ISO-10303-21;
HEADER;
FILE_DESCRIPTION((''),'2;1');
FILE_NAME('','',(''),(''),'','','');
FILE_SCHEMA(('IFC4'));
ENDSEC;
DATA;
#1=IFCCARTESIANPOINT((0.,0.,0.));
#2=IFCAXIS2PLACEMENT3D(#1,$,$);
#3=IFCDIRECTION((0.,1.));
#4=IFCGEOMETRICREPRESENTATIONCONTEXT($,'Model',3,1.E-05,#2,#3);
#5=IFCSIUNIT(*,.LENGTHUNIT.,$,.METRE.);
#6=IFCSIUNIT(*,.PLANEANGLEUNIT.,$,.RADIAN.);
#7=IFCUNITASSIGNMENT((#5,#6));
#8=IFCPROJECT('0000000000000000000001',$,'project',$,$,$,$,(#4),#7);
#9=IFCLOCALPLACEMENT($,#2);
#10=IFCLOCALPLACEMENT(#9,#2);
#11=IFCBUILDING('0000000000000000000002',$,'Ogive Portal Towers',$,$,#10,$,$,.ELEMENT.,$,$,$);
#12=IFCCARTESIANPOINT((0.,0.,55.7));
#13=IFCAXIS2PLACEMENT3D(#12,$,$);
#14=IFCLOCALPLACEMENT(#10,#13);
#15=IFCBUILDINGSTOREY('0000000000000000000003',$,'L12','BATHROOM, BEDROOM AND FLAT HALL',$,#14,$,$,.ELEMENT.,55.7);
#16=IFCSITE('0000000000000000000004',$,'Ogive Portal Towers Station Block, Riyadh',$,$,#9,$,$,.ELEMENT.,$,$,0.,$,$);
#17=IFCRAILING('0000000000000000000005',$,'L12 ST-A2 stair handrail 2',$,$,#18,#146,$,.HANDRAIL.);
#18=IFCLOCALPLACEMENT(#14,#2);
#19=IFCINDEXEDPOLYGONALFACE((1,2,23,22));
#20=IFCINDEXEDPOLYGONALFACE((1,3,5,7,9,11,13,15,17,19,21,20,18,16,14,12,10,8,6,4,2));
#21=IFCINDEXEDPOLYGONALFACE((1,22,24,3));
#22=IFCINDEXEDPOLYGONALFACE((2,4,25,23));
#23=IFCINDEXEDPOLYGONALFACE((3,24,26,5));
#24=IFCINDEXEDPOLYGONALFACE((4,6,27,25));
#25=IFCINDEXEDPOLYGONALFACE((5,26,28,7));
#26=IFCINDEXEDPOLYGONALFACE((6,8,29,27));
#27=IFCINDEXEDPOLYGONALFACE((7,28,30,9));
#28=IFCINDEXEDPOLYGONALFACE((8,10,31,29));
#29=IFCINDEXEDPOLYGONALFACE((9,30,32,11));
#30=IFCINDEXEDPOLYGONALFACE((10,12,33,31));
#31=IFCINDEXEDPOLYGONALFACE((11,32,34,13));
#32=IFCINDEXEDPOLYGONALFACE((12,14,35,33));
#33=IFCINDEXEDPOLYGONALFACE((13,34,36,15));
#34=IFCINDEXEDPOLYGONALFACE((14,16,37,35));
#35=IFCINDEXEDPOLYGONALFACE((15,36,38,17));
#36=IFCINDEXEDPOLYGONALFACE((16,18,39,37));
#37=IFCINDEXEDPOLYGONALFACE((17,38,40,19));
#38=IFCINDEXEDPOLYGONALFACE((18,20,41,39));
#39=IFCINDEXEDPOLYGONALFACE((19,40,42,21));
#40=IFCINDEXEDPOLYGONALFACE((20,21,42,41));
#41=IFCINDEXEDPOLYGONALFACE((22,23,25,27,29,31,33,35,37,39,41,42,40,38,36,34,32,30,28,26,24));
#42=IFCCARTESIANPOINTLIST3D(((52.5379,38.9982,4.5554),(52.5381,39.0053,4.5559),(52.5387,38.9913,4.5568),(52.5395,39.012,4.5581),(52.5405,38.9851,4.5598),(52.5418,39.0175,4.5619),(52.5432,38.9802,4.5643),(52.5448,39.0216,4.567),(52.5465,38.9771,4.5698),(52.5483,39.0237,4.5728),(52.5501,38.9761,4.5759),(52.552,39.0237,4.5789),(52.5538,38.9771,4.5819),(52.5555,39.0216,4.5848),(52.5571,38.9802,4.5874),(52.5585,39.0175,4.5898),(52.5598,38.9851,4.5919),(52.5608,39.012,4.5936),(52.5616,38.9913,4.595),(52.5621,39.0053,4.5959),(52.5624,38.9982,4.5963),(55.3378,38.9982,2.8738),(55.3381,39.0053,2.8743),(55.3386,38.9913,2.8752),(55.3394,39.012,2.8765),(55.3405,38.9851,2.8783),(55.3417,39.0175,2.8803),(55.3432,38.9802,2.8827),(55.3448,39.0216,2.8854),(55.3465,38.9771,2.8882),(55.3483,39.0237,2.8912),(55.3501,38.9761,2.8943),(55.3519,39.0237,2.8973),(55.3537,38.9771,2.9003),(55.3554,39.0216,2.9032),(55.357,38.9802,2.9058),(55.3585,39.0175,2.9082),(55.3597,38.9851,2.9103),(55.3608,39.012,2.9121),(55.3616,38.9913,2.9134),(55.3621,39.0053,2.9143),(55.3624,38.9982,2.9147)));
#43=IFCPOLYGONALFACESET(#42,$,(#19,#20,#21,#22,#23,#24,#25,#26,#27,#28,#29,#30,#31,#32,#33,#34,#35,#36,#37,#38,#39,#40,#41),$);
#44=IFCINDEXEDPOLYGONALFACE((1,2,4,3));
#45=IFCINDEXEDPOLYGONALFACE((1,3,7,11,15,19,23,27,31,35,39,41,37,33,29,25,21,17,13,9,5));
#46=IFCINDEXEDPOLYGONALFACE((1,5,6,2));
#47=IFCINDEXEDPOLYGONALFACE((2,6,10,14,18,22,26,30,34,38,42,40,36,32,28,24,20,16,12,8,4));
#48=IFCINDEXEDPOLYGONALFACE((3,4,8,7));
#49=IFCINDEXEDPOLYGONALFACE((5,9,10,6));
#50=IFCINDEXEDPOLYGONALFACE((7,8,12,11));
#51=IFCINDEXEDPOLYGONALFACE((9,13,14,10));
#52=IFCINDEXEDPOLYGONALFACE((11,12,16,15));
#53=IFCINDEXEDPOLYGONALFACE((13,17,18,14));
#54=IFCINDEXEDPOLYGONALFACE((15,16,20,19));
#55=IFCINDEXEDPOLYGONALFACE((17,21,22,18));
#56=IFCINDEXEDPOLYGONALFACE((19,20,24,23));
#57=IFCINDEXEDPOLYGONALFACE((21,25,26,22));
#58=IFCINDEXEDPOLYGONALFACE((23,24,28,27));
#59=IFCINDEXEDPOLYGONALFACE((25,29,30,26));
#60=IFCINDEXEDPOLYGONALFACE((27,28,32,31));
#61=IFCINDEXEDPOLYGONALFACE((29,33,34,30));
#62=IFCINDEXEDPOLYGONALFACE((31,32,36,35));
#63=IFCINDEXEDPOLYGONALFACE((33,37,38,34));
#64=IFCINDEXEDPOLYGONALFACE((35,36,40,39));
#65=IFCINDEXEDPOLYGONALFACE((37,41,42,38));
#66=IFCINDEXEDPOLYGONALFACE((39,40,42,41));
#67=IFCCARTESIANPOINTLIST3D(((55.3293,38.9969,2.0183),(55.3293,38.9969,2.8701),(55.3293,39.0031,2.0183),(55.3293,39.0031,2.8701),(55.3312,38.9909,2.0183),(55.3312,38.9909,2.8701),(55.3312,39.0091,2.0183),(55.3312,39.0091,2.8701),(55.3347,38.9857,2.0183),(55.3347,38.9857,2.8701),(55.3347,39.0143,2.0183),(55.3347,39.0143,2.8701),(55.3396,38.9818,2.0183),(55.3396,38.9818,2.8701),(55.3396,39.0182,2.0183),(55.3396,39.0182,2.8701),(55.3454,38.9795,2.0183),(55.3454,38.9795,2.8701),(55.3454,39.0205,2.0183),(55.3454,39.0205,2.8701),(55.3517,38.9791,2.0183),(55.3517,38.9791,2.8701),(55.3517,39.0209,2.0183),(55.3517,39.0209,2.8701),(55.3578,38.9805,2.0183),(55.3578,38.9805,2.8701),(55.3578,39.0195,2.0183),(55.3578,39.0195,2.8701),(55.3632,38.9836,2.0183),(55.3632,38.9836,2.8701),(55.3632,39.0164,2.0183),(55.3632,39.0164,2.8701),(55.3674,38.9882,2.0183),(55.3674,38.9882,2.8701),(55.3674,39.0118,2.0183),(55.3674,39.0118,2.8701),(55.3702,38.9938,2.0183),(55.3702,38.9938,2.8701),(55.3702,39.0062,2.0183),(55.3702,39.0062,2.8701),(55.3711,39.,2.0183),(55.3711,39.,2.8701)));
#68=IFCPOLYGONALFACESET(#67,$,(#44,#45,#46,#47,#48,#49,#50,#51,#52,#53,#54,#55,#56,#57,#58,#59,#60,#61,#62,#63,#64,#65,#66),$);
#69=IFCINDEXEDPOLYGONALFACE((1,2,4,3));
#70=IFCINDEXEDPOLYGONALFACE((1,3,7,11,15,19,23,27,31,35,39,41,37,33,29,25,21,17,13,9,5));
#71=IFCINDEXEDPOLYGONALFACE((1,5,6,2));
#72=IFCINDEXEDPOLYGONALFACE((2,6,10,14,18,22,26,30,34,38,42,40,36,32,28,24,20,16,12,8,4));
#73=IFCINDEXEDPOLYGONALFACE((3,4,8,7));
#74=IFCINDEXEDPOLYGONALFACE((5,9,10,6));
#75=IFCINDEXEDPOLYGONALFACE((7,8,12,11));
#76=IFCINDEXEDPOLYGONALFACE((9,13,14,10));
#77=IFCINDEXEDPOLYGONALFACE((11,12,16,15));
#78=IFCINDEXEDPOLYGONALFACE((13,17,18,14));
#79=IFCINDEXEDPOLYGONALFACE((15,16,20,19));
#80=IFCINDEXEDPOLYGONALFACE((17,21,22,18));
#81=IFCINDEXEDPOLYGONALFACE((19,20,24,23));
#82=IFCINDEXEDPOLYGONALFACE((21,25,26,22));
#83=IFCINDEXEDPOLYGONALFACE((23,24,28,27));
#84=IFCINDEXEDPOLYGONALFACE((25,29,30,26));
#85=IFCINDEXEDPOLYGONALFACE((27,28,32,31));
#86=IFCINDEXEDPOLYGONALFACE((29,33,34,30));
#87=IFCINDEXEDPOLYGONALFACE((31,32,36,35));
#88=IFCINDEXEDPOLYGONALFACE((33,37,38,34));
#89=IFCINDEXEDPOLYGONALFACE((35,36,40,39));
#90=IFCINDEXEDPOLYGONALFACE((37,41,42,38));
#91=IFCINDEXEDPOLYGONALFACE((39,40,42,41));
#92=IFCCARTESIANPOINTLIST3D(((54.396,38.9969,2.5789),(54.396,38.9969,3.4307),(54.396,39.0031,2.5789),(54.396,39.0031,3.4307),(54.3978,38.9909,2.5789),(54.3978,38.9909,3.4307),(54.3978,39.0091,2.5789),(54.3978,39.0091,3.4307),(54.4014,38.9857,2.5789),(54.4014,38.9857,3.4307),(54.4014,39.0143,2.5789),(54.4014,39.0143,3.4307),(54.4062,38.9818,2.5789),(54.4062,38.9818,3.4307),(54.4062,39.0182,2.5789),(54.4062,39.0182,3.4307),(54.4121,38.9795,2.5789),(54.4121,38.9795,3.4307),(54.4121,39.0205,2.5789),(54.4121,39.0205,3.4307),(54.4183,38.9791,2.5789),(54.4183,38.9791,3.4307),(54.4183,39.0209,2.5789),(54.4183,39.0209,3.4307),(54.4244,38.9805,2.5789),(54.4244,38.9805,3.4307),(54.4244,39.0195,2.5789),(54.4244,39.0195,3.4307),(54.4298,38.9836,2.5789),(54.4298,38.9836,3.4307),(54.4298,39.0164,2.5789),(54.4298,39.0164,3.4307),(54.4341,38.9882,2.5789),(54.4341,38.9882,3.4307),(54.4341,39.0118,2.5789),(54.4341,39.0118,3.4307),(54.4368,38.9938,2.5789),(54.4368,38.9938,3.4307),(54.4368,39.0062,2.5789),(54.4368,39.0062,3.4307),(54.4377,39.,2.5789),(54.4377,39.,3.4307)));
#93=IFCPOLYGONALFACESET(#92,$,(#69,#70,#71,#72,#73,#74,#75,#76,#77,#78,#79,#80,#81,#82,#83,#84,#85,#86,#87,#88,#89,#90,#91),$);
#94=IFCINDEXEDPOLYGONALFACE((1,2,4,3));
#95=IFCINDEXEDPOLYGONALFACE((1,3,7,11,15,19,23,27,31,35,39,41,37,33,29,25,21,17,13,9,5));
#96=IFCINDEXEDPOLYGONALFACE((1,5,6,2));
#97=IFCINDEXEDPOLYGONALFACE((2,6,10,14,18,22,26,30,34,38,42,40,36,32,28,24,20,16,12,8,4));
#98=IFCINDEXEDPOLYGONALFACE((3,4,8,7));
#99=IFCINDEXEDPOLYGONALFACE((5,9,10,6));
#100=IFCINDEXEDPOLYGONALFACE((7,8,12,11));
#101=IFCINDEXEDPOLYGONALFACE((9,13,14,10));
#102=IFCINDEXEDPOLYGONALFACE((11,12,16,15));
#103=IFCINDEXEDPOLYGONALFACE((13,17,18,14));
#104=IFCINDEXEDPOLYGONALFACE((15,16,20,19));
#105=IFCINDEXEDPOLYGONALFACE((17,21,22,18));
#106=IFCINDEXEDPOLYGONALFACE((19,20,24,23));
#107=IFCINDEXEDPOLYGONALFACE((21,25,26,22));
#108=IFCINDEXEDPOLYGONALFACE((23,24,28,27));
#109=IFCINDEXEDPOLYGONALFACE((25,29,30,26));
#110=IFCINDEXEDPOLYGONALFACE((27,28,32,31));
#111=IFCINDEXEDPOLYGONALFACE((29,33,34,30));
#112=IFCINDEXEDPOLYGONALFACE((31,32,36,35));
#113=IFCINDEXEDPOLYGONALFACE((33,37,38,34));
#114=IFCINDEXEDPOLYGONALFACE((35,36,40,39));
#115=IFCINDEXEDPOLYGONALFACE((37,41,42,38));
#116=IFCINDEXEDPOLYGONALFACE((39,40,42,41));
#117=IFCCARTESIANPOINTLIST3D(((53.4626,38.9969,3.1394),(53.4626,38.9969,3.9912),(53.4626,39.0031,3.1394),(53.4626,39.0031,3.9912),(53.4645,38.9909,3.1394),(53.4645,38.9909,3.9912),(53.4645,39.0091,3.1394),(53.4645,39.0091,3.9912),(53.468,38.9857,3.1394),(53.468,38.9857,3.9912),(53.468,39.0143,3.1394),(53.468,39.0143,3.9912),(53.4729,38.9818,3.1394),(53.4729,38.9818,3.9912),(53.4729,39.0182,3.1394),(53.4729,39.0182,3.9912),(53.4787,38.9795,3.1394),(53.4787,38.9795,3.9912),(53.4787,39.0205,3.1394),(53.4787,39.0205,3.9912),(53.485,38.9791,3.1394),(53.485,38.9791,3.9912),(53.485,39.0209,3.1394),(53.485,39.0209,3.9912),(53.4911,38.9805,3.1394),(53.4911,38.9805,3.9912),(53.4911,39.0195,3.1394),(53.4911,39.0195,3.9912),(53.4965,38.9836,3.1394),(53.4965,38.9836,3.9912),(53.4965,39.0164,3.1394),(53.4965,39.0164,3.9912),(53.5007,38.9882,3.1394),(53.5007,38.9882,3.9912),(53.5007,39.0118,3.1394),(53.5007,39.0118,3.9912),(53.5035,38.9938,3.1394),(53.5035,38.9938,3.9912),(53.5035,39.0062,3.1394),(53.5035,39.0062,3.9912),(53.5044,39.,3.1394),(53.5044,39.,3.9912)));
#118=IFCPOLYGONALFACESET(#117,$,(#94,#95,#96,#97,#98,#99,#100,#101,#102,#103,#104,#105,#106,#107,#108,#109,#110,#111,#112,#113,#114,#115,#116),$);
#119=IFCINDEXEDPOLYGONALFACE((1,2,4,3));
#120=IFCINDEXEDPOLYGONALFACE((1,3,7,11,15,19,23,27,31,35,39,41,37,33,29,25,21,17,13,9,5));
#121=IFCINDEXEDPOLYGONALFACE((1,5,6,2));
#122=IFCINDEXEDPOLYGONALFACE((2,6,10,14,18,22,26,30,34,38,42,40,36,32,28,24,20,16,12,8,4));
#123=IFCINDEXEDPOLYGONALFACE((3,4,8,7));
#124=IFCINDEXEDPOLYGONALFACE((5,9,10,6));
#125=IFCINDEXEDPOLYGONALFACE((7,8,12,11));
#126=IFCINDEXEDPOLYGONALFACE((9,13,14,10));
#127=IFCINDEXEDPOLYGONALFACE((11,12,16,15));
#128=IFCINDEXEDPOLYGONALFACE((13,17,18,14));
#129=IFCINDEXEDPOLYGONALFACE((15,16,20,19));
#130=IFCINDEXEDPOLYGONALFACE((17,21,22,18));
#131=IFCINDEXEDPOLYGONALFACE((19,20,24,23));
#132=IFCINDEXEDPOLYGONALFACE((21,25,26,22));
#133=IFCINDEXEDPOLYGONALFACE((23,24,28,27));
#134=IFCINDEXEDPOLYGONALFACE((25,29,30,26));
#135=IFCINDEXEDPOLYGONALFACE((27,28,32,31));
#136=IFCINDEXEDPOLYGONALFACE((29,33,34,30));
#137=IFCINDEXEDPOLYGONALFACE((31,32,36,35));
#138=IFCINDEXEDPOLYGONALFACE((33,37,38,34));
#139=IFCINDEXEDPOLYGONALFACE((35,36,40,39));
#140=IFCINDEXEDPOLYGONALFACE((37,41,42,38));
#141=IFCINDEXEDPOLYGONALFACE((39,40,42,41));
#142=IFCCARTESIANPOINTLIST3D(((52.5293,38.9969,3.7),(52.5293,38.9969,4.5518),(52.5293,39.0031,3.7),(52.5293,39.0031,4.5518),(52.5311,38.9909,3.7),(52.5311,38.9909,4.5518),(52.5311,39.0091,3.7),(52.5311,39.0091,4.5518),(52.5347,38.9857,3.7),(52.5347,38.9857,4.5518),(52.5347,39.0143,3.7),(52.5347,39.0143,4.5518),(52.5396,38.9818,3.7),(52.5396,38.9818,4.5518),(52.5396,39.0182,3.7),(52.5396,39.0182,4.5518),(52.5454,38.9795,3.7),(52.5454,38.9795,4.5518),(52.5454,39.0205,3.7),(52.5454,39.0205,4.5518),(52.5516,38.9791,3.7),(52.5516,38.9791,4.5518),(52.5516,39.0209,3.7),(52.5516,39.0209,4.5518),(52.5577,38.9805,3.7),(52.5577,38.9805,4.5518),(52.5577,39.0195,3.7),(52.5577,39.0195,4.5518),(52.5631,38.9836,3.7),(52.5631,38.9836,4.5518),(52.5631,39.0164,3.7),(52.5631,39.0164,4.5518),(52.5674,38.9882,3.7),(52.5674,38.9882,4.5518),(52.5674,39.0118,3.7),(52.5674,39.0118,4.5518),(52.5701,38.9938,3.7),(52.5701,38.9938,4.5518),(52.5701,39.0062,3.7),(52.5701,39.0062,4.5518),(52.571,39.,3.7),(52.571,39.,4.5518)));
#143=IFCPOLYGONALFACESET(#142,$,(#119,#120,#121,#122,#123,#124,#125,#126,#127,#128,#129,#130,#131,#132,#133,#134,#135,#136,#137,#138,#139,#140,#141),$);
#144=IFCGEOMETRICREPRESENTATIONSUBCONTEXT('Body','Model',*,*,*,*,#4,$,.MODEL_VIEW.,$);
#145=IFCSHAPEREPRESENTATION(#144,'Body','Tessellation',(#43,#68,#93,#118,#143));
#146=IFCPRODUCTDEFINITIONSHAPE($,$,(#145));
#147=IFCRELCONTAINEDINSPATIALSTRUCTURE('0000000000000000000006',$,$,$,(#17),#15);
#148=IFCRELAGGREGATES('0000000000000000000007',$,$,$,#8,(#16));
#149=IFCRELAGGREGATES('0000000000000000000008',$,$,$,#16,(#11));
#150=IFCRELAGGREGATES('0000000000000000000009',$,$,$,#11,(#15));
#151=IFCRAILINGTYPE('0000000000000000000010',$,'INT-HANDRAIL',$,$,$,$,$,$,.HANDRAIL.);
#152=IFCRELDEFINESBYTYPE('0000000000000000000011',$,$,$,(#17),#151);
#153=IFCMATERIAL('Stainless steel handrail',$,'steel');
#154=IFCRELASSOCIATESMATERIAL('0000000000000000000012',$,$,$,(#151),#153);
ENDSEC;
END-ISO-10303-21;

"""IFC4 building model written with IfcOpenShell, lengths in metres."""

from ifc_helpers import new_model, si_unit, direction, frame, origin, origin_2d, place, context, subcontext, project, spatial, circle, extrude, material, type_object, element, save


model = new_model("IFC4")

# Units and contexts
model_context = context("Model", 3, precision=1e-05, world=origin(), true_north=direction((0.0, 1.0)))
body_context = subcontext(model_context, "Body", "Model", "MODEL_VIEW")
ifc_project = project(units=[si_unit("LENGTHUNIT", "METRE"), si_unit("PLANEANGLEUNIT", "RADIAN")], contexts=[model_context])

# Site, building, storey
site_placement = place(None, origin())
site = spatial("IfcSite", under=ifc_project, at=site_placement, Name="Ogive Portal Towers Station Block, Riyadh", CompositionType="ELEMENT", RefElevation=0.0)
building_placement = place(site_placement, origin())
building = spatial("IfcBuilding", under=site, at=building_placement, Name="Ogive Portal Towers", CompositionType="ELEMENT")
storey_placement = place(building_placement, frame((0.0, 0.0, 55.7)))
storey = spatial("IfcBuildingStorey", under=building, at=storey_placement, Name="L12", Description="BATHROOM, BEDROOM AND FLAT HALL", CompositionType="ELEMENT", Elevation=55.7)

# Railing
ifc_material_1 = material(Name="Stainless steel handrail", Category="steel")
railing_type_1 = type_object("IfcRailingType", Name="INT-HANDRAIL", PredefinedType="HANDRAIL", material=ifc_material_1)
railing_1_placement = place(storey_placement, frame((55.3501, 39.0, 2.0183)))
element("IfcRailing", 1, at=railing_1_placement, inside=storey, type_object=railing_type_1, Name="L12 ST-A2 stair handrail 2", PredefinedType="HANDRAIL", context=body_context, shape_type="SweptSolid", body=[
    extrude(circle(Radius=0.0239, at=origin_2d()), frame((0.0, 0.0, 0.876), z_axis=(-0.857275, 0.0, 0.514858), x_axis=(0.0, -1.0, 0.0)), (0.0, 0.0, 1.0), 3.2661),
    extrude(circle(Radius=0.021, at=origin_2d()), origin(), (0.0, 0.0, 1.0), 0.8518),
    extrude(circle(Radius=0.021, at=origin_2d()), frame((-0.9333, 0.0, 0.5605)), (0.0, 0.0, 1.0), 0.8518),
    extrude(circle(Radius=0.021, at=origin_2d()), frame((-1.8667, 0.0, 1.1211)), (0.0, 0.0, 1.0), 0.8518),
    extrude(circle(Radius=0.021, at=origin_2d()), frame((-2.8, 0.0, 1.6816)), (0.0, 0.0, 1.0), 0.8518),
])

save(model, "model.ifc")
